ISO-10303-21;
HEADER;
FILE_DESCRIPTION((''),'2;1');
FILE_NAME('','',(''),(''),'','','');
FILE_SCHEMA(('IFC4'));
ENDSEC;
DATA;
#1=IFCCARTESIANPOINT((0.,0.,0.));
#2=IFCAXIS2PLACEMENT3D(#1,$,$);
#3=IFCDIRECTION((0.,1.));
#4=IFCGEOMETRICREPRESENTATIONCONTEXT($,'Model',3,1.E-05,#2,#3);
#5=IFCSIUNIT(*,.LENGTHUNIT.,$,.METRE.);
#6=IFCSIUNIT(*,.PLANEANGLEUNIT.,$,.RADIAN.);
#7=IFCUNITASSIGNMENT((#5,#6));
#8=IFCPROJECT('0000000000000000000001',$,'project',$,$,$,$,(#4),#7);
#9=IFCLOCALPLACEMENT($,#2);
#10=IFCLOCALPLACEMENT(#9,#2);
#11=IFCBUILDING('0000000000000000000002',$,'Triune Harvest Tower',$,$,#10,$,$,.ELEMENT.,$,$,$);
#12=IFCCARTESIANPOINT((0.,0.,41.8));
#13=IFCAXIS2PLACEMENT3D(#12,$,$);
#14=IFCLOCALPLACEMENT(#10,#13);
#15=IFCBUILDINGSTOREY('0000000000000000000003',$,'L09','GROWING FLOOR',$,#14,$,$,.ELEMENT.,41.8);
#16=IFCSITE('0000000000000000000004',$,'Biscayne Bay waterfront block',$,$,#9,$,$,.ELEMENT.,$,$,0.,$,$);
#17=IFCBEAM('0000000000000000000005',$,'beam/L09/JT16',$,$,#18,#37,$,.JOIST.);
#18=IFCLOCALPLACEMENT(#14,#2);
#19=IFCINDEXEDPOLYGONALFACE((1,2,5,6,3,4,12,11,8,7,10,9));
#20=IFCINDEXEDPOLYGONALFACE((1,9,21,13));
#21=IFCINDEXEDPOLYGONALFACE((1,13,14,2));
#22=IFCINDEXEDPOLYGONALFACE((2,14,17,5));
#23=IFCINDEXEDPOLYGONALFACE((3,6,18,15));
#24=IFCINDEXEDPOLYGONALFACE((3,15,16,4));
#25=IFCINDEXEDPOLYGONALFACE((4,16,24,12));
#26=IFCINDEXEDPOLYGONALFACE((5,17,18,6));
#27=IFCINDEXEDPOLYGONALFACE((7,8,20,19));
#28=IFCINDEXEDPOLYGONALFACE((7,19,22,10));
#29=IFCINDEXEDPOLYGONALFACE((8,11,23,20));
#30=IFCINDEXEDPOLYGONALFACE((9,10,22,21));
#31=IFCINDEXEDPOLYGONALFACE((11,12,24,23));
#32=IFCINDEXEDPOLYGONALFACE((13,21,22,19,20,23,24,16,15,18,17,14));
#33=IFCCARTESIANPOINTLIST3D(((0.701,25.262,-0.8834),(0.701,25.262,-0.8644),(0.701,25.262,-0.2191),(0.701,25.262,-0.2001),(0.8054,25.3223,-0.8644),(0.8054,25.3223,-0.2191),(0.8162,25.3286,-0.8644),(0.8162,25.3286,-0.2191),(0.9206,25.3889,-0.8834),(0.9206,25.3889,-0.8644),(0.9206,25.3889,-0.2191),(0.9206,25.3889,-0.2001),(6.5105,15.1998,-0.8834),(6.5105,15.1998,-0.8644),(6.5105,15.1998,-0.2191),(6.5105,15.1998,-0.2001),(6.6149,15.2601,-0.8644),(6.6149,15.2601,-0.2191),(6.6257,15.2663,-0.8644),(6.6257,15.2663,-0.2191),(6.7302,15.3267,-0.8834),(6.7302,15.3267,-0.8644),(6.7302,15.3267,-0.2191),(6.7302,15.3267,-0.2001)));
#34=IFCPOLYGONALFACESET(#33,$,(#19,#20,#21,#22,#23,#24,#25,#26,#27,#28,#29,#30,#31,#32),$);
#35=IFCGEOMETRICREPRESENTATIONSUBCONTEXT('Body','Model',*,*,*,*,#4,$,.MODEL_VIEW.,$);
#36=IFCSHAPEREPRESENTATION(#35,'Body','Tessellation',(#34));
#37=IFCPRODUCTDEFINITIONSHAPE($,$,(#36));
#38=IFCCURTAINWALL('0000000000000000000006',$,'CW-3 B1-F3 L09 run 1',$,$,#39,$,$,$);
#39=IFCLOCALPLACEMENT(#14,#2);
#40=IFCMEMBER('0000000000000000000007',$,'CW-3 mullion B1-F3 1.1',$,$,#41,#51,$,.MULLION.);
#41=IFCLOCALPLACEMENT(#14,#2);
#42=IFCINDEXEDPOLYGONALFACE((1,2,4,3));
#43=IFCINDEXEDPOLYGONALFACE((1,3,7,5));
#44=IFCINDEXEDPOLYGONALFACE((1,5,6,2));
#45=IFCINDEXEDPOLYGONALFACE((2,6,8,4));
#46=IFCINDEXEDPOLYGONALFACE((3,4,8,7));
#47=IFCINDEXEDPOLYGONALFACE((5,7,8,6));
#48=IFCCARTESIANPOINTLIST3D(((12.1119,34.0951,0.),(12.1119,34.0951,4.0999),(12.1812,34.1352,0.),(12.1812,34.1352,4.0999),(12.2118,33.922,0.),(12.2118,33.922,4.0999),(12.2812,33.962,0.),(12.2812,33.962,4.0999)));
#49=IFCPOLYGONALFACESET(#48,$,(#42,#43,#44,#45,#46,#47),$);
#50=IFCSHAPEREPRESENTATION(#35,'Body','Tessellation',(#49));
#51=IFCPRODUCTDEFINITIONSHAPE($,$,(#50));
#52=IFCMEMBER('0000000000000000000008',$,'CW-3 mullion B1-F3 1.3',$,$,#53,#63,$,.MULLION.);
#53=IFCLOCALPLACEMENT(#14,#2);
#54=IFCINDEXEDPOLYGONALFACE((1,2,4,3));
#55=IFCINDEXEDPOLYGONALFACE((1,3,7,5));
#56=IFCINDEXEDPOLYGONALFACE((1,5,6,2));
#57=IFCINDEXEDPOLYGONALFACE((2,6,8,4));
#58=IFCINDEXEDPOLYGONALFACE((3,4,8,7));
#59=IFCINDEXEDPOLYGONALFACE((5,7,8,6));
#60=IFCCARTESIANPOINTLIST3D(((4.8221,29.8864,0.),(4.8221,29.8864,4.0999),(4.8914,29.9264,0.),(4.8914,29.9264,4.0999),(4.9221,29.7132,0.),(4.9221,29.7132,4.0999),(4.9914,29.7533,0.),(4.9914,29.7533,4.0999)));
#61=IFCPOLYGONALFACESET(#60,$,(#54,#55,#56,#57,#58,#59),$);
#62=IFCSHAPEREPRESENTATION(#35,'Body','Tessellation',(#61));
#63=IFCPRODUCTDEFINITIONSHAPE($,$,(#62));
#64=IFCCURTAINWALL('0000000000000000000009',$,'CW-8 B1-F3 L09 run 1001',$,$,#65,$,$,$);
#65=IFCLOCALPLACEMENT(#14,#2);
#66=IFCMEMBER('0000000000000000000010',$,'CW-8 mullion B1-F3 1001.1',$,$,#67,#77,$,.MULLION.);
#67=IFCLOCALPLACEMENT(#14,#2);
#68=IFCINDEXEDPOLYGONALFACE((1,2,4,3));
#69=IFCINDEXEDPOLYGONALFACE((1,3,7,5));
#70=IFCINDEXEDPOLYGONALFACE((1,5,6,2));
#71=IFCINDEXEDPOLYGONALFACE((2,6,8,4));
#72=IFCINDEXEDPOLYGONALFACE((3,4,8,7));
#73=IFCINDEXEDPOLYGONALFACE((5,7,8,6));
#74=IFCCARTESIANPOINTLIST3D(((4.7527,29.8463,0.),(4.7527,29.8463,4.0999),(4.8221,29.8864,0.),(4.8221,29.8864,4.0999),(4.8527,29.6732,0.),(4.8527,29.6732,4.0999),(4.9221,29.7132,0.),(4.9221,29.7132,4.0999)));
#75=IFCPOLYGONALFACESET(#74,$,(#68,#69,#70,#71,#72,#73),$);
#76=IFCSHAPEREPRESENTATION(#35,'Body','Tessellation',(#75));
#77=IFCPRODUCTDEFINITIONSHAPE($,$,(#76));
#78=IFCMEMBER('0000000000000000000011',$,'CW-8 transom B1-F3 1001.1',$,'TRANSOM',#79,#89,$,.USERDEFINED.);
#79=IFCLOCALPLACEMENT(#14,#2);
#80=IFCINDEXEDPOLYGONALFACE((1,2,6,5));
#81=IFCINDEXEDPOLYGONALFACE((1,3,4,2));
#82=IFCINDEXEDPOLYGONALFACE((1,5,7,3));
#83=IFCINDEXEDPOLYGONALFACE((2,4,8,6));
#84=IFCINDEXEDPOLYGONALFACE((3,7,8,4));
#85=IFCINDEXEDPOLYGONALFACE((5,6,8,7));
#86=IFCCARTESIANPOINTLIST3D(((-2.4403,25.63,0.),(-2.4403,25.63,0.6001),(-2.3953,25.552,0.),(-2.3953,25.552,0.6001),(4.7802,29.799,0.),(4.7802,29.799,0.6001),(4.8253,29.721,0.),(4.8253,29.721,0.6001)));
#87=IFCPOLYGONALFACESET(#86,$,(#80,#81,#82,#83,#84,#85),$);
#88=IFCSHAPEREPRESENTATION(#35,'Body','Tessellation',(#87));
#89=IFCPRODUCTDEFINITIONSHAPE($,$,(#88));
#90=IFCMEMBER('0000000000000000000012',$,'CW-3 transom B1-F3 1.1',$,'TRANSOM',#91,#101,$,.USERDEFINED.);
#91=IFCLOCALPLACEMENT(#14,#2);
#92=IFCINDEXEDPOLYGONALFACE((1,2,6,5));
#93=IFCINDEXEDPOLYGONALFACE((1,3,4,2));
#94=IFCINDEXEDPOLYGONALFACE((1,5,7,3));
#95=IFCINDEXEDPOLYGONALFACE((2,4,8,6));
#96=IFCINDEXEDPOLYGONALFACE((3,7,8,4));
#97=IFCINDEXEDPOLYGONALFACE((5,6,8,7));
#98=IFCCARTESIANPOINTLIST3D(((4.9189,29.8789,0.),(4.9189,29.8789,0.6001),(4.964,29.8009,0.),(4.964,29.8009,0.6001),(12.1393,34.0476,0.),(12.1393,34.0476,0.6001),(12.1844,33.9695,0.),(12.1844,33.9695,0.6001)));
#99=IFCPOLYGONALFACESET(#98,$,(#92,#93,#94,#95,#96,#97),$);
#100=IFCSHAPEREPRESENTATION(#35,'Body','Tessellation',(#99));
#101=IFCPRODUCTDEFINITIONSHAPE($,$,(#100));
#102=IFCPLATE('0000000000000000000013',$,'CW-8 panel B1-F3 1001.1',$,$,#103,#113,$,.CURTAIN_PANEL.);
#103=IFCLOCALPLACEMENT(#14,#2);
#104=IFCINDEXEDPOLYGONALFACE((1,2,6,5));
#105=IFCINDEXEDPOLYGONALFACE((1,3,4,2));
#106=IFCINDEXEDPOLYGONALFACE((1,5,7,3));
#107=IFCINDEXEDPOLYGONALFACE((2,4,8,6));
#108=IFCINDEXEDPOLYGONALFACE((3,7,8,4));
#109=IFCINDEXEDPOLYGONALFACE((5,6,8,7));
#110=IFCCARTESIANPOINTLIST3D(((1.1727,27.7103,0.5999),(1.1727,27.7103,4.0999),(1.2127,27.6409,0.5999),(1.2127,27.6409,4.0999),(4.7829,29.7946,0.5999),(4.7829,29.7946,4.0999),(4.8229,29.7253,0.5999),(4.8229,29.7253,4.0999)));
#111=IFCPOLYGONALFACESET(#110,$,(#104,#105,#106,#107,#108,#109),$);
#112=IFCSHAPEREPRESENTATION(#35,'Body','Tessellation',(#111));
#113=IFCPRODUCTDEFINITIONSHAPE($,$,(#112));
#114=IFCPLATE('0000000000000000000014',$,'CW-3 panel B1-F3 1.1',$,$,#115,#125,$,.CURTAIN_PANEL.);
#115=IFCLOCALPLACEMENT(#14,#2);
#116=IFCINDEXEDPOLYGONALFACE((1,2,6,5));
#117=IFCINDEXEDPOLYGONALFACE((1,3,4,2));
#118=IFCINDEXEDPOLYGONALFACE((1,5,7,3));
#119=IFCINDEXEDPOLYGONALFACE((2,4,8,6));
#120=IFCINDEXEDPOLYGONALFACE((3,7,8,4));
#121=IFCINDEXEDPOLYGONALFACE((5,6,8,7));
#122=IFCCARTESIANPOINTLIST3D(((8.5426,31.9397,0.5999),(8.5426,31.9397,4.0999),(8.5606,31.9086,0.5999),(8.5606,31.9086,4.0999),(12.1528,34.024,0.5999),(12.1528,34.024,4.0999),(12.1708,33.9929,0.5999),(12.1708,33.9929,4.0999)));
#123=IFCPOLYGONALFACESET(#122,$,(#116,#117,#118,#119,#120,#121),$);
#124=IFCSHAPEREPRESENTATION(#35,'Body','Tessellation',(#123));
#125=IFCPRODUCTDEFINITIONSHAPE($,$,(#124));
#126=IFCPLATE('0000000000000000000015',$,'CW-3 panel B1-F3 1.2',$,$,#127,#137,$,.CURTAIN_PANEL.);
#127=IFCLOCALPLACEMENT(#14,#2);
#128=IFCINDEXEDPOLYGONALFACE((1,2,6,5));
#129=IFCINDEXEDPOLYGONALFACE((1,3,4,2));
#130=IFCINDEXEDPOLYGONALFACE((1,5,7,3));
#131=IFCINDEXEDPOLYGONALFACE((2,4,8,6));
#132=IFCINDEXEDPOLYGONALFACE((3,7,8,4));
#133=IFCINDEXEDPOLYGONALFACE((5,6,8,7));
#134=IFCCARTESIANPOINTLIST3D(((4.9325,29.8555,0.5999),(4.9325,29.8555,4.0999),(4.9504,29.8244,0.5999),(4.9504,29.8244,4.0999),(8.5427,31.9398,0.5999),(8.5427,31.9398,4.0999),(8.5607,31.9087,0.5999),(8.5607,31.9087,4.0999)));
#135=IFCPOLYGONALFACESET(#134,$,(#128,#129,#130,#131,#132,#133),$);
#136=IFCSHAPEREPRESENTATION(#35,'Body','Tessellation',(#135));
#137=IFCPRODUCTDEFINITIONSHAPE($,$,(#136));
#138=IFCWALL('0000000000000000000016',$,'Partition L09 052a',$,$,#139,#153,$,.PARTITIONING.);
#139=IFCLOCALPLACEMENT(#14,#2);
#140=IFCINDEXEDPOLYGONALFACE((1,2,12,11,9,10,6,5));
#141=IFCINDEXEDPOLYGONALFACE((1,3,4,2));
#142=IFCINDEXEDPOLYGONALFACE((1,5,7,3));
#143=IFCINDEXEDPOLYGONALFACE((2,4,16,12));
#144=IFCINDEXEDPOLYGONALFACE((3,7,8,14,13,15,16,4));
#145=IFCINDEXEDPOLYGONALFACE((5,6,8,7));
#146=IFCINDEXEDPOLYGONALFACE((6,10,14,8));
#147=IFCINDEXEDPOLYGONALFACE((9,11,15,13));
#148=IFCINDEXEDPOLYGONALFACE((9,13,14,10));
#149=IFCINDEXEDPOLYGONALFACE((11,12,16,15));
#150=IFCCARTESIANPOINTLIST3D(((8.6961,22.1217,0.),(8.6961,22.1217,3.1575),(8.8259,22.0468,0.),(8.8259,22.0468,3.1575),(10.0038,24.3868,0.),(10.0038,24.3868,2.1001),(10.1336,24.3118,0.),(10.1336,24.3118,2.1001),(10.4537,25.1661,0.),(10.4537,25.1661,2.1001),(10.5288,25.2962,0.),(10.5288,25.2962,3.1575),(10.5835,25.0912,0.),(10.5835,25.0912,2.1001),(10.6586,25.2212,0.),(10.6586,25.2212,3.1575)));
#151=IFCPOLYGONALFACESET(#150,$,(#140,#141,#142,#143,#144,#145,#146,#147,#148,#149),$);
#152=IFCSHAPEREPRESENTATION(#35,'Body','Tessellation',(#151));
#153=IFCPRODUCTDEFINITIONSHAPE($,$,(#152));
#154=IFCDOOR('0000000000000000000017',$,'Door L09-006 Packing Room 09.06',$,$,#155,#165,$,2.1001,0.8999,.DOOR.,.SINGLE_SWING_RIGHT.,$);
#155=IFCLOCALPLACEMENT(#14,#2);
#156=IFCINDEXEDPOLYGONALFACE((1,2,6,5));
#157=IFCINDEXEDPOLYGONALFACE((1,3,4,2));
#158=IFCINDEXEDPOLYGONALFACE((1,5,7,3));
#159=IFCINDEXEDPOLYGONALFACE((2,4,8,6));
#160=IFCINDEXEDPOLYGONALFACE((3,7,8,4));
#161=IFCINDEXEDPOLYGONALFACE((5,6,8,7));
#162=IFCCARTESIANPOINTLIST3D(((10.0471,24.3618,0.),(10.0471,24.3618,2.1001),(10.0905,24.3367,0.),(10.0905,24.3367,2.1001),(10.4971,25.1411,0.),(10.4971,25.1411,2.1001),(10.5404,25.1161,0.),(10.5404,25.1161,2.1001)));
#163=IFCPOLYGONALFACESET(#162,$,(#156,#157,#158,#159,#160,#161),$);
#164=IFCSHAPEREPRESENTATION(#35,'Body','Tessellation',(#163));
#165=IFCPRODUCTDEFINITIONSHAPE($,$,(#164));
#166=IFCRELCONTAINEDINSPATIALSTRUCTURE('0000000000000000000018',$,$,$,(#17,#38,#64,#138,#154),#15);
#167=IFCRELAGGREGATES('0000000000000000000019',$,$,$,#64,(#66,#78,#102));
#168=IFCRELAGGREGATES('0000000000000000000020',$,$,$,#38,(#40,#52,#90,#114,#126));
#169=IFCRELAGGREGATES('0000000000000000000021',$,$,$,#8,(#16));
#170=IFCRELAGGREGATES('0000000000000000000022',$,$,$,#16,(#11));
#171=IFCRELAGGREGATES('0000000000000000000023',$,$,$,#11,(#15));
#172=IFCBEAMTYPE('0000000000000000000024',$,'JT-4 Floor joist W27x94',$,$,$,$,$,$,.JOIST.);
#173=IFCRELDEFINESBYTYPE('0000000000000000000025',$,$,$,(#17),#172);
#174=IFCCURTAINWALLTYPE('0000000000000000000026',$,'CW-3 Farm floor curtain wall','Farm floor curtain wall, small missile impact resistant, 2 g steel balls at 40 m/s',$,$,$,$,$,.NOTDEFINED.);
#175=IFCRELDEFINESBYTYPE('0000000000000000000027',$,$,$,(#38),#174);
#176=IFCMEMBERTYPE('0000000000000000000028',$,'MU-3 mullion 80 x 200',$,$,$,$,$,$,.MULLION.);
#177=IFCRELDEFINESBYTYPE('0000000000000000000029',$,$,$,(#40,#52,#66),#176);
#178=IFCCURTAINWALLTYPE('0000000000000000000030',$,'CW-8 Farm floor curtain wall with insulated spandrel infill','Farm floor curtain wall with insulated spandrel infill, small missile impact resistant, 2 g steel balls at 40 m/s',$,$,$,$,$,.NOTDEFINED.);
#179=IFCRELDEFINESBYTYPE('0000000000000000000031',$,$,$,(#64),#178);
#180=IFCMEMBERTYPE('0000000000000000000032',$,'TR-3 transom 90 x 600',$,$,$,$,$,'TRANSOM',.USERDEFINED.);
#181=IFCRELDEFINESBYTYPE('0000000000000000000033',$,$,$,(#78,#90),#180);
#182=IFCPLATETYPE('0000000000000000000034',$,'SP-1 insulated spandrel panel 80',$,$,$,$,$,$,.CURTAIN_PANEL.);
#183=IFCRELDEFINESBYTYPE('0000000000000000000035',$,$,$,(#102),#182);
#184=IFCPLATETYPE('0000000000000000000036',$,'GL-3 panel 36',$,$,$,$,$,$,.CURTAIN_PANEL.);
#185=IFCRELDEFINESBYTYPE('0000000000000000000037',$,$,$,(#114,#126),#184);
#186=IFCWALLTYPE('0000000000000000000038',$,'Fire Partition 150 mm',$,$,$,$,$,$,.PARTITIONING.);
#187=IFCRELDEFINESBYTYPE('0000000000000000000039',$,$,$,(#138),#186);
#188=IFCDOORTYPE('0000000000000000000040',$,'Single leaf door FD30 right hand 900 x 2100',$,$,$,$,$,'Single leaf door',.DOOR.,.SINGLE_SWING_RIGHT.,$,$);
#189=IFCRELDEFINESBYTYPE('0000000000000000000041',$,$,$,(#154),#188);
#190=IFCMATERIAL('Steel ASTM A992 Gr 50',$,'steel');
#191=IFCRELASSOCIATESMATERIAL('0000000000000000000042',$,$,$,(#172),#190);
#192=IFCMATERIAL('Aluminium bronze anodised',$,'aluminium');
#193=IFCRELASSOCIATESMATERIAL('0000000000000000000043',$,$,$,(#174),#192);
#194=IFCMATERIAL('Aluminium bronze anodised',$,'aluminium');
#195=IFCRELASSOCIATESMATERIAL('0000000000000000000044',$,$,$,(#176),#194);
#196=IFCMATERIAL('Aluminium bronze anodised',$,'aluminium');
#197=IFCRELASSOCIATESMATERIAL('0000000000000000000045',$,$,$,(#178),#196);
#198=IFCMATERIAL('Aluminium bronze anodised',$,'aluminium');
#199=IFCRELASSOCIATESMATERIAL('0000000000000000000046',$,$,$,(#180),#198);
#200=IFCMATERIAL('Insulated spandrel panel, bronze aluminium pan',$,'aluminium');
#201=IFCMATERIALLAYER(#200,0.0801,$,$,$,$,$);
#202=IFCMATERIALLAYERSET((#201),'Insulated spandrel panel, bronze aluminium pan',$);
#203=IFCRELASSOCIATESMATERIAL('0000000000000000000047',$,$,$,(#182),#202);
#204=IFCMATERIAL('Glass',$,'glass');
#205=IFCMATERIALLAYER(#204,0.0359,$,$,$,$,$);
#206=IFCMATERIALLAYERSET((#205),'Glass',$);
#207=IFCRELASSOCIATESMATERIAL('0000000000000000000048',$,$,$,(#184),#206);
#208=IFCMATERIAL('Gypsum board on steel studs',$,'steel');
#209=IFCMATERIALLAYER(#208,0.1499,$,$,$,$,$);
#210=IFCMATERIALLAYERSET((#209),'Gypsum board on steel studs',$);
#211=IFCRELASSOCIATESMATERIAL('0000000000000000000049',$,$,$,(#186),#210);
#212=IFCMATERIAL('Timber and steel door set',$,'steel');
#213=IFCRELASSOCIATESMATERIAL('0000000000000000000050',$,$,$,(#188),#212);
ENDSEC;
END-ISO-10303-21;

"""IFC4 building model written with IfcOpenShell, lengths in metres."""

from ifc_helpers import new_model, si_unit, direction, frame, frame_2d, origin, origin_2d, place, context, subcontext, project, spatial, rectangle, i_section, extrude, source, transform, mapped, material, layer, layer_set, material_profile, profile_set, type_object, element, fill, aggregate, save


model = new_model("IFC4")

# Units and contexts
model_context = context("Model", 3, precision=1e-05, world=origin(), true_north=direction((0.0, 1.0)))
body_context = subcontext(model_context, "Body", "Model", "MODEL_VIEW")
ifc_project = project(units=[si_unit("LENGTHUNIT", "METRE"), si_unit("PLANEANGLEUNIT", "RADIAN")], contexts=[model_context])

# Site, building, storey
site_placement = place(None, origin())
site = spatial("IfcSite", under=ifc_project, at=site_placement, Name="Biscayne Bay waterfront block", CompositionType="ELEMENT", RefElevation=0.0)
building_placement = place(site_placement, origin())
building = spatial("IfcBuilding", under=site, at=building_placement, Name="Triune Harvest Tower", CompositionType="ELEMENT")
storey_placement = place(building_placement, frame((0.0, 0.0, 41.8)))
storey = spatial("IfcBuildingStorey", under=building, at=storey_placement, Name="L09", Description="GROWING FLOOR", CompositionType="ELEMENT", Elevation=41.8)

# Beam
ifc_material_1 = material(Name="Steel ASTM A992 Gr 50", Category="steel")
ifc_material_profile_1 = material_profile(ifc_material_1, i_section(OverallWidth=0.2537, OverallDepth=0.6833, WebThickness=0.0125, FlangeThickness=0.019, at=origin_2d()), Name="W27x94")
ifc_profile_set_1 = profile_set([ifc_material_profile_1], Name="Steel ASTM A992 Gr 50")
beam_type_1 = type_object("IfcBeamType", Name="JT-4 Floor joist W27x94", PredefinedType="JOIST", material=ifc_profile_set_1)
shared_shape_1 = source(origin(), body_context, "Body", "SweptSolid", [
    extrude(i_section(OverallWidth=0.2537, OverallDepth=0.6833, WebThickness=0.0125, FlangeThickness=0.019, at=origin_2d()), origin(), (0.0, 0.0, 1.0), 11.6189),
])
beam_1_placement = place(storey_placement, frame((0.8108, 25.3254, -0.5417), z_axis=(0.500008, -0.866021, 0.0), x_axis=(0.866021, 0.500008, 0.0)))
element("IfcBeam", 1, at=beam_1_placement, inside=storey, type_object=beam_type_1, Name="beam/L09/JT16", PredefinedType="JOIST", context=body_context, shape_type="MappedRepresentation", body=[
    mapped(shared_shape_1, transform((0.0, 0.0, 0.0), scale=1.0)),
])

# Curtain walls, members
ifc_material_2 = material(Name="Aluminium bronze anodised", Category="aluminium")
curtain_wall_type_1 = type_object("IfcCurtainWallType", Name="CW-3 Farm floor curtain wall", Description="Farm floor curtain wall, small missile impact resistant, 2 g steel balls at 40 m/s", PredefinedType="NOTDEFINED", material=ifc_material_2)
curtain_wall_1_placement = place(storey_placement, origin())
curtain_wall_1 = element("IfcCurtainWall", 2, at=curtain_wall_1_placement, inside=storey, type_object=curtain_wall_type_1, Name="CW-3 B1-F3 L09 run 1")
ifc_material_3 = material(Name="Aluminium bronze anodised", Category="aluminium")
ifc_material_profile_2 = material_profile(ifc_material_3, rectangle(XDim=0.2, YDim=0.0801, at=origin_2d()), Name="MU-3 mullion 80 x 200")
ifc_profile_set_2 = profile_set([ifc_material_profile_2], Name="Aluminium bronze anodised")
member_type_1 = type_object("IfcMemberType", Name="MU-3 mullion 80 x 200", PredefinedType="MULLION", material=ifc_profile_set_2)
shared_shape_2 = source(origin(), body_context, "Body", "SweptSolid", [
    extrude(rectangle(XDim=0.2, YDim=0.0801, at=origin_2d()), origin(), (0.0, 0.0, 1.0), 4.0999),
])
member_1_placement = place(storey_placement, frame((12.1965, 34.0286, 0.0), z_axis=(0.0, 0.0, 1.0), x_axis=(0.499995, -0.866028, 0.0)))
member_1 = element("IfcMember", 3, at=member_1_placement, type_object=member_type_1, Name="CW-3 mullion B1-F3 1.1", PredefinedType="MULLION", context=body_context, shape_type="MappedRepresentation", body=[
    mapped(shared_shape_2, transform((0.0, 0.0, 0.0), scale=1.0)),
])
member_2_placement = place(storey_placement, frame((4.9067, 29.8198, 0.0), z_axis=(0.0, 0.0, 1.0), x_axis=(0.499995, -0.866028, 0.0)))
member_2 = element("IfcMember", 4, at=member_2_placement, type_object=member_type_1, Name="CW-3 mullion B1-F3 1.3", PredefinedType="MULLION", context=body_context, shape_type="MappedRepresentation", body=[
    mapped(shared_shape_2, transform((0.0, 0.0, 0.0), scale=1.0)),
])
ifc_material_4 = material(Name="Aluminium bronze anodised", Category="aluminium")
curtain_wall_type_2 = type_object("IfcCurtainWallType", Name="CW-8 Farm floor curtain wall with insulated spandrel infill", Description="Farm floor curtain wall with insulated spandrel infill, small missile impact resistant, 2 g steel balls at 40 m/s", PredefinedType="NOTDEFINED", material=ifc_material_4)
curtain_wall_2_placement = place(storey_placement, origin())
curtain_wall_2 = element("IfcCurtainWall", 5, at=curtain_wall_2_placement, inside=storey, type_object=curtain_wall_type_2, Name="CW-8 B1-F3 L09 run 1001")
member_3_placement = place(storey_placement, frame((4.8374, 29.7798, 0.0), z_axis=(0.0, 0.0, 1.0), x_axis=(0.500007, -0.866021, 0.0)))
member_3 = element("IfcMember", 6, at=member_3_placement, type_object=member_type_1, Name="CW-8 mullion B1-F3 1001.1", PredefinedType="MULLION", context=body_context, shape_type="MappedRepresentation", body=[
    mapped(shared_shape_2, transform((0.0, 0.0, 0.0), scale=1.0)),
])
ifc_material_5 = material(Name="Aluminium bronze anodised", Category="aluminium")
ifc_material_profile_3 = material_profile(ifc_material_5, rectangle(XDim=0.0901, YDim=0.6001, at=origin_2d()), Name="TR-3 transom 90 x 600")
ifc_profile_set_3 = profile_set([ifc_material_profile_3], Name="Aluminium bronze anodised")
member_type_2 = type_object("IfcMemberType", Name="TR-3 transom 90 x 600", ElementType="TRANSOM", PredefinedType="USERDEFINED", material=ifc_profile_set_3)
shared_shape_3 = source(origin(), body_context, "Body", "SweptSolid", [
    extrude(rectangle(XDim=0.0901, YDim=0.6001, at=origin_2d()), origin(), (0.0, 0.0, 1.0), 8.3376),
])
member_4_placement = place(storey_placement, frame((4.8027, 29.76, 0.3), z_axis=(-0.866014, -0.500019, 0.0), x_axis=(0.500019, -0.866014, 0.0)))
member_4 = element("IfcMember", 7, at=member_4_placement, type_object=member_type_2, Name="CW-8 transom B1-F3 1001.1", ObjectType="TRANSOM", PredefinedType="USERDEFINED", context=body_context, shape_type="MappedRepresentation", body=[
    mapped(shared_shape_3, transform((0.0, 0.0, 0.0), scale=1.0)),
])

# Member
shared_shape_4 = source(origin(), body_context, "Body", "SweptSolid", [
    extrude(rectangle(XDim=0.0901, YDim=0.6001, at=origin_2d()), origin(), (0.0, 0.0, 1.0), 8.3374),
])
member_5_placement = place(storey_placement, frame((12.1619, 34.0085, 0.3), z_axis=(-0.866027, -0.499997, 0.0), x_axis=(0.499997, -0.866027, 0.0)))
member_5 = element("IfcMember", 8, at=member_5_placement, type_object=member_type_2, Name="CW-3 transom B1-F3 1.1", ObjectType="TRANSOM", PredefinedType="USERDEFINED", context=body_context, shape_type="MappedRepresentation", body=[
    mapped(shared_shape_4, transform((0.0, 0.0, 0.0), scale=1.0)),
])

# Plates
ifc_material_6 = material(Name="Insulated spandrel panel, bronze aluminium pan", Category="aluminium")
ifc_layer_1 = layer(ifc_material_6, 0.0801)
ifc_layer_set_1 = layer_set([ifc_layer_1], Name="Insulated spandrel panel, bronze aluminium pan")
plate_type_1 = type_object("IfcPlateType", Name="SP-1 insulated spandrel panel 80", PredefinedType="CURTAIN_PANEL", material=ifc_layer_set_1)
shared_shape_5 = source(origin(), body_context, "Body", "SweptSolid", [
    extrude(rectangle(XDim=4.1687, YDim=0.0801, at=origin_2d()), origin(), (0.0, 0.0, 1.0), 3.5),
])
plate_1_placement = place(storey_placement, frame((2.9978, 28.7178, 0.5999), z_axis=(0.0, 0.0, 1.0), x_axis=(-0.866021, -0.500007, 0.0)))
plate_1 = element("IfcPlate", 9, at=plate_1_placement, type_object=plate_type_1, Name="CW-8 panel B1-F3 1001.1", PredefinedType="CURTAIN_PANEL", context=body_context, shape_type="MappedRepresentation", body=[
    mapped(shared_shape_5, transform((0.0, 0.0, 0.0), scale=1.0)),
])
aggregate(curtain_wall_2, [member_3, member_4, plate_1])
ifc_material_7 = material(Name="Glass", Category="glass")
ifc_layer_2 = layer(ifc_material_7, 0.0359)
ifc_layer_set_2 = layer_set([ifc_layer_2], Name="Glass")
plate_type_2 = type_object("IfcPlateType", Name="GL-3 panel 36", PredefinedType="CURTAIN_PANEL", material=ifc_layer_set_2)
shared_shape_6 = source(origin(), body_context, "Body", "SweptSolid", [
    extrude(rectangle(XDim=4.1687, YDim=0.0359, at=origin_2d()), origin(), (0.0, 0.0, 1.0), 3.5),
])
plate_2_placement = place(storey_placement, frame((10.3567, 32.9663, 0.5999), z_axis=(0.0, 0.0, 1.0), x_axis=(-0.866028, -0.499995, 0.0)))
plate_2 = element("IfcPlate", 10, at=plate_2_placement, type_object=plate_type_2, Name="CW-3 panel B1-F3 1.1", PredefinedType="CURTAIN_PANEL", context=body_context, shape_type="MappedRepresentation", body=[
    mapped(shared_shape_6, transform((0.0, 0.0, 0.0), scale=1.0)),
])
plate_3_placement = place(storey_placement, frame((6.7466, 30.8821, 0.5999), z_axis=(0.0, 0.0, 1.0), x_axis=(-0.866028, -0.499995, 0.0)))
plate_3 = element("IfcPlate", 11, at=plate_3_placement, type_object=plate_type_2, Name="CW-3 panel B1-F3 1.2", PredefinedType="CURTAIN_PANEL", context=body_context, shape_type="MappedRepresentation", body=[
    mapped(shared_shape_6, transform((0.0, 0.0, 0.0), scale=1.0)),
])
aggregate(curtain_wall_1, [member_1, member_2, member_5, plate_2, plate_3])

# Wall, opening, door
ifc_material_8 = material(Name="Gypsum board on steel studs", Category="steel")
ifc_layer_3 = layer(ifc_material_8, 0.1499)
ifc_layer_set_3 = layer_set([ifc_layer_3], Name="Gypsum board on steel studs")
wall_type_1 = type_object("IfcWallType", Name="Fire Partition 150 mm", PredefinedType="PARTITIONING", material=ifc_layer_set_3)
wall_1_placement = place(storey_placement, frame((8.761, 22.0842, 0.0), z_axis=(0.0, 0.0, 1.0), x_axis=(0.499986, 0.866034, 0.0)))
wall_1 = element("IfcWall", 12, at=wall_1_placement, inside=storey, type_object=wall_type_1, Name="Partition L09 052a", PredefinedType="PARTITIONING", context=body_context, shape_type="SweptSolid", body=[
    extrude(rectangle(XDim=3.6655, YDim=0.1499, at=frame_2d((1.8328, 0.0))), origin(), (0.0, 0.0, 1.0), 3.1575),
])
opening_1_placement = place(wall_1_placement, frame((2.6155, 0.0, 0.0)))
opening_1 = element("IfcOpeningElement", 13, at=opening_1_placement, cuts=wall_1, PredefinedType="OPENING", context=body_context, shape_type="SweptSolid", body=[
    extrude(rectangle(XDim=0.8999, YDim=2.1001, at=frame_2d((0.45, 1.05))), frame((0.0, 0.085, 0.0), z_axis=(0.0, -1.0, 0.0), x_axis=(1.0, 0.0, 0.0)), (0.0, 0.0, 1.0), 0.1699),
])
ifc_material_9 = material(Name="Timber and steel door set", Category="steel")
door_type_1 = type_object("IfcDoorType", Name="Single leaf door FD30 right hand 900 x 2100", ElementType="Single leaf door", OperationType="SINGLE_SWING_RIGHT", PredefinedType="DOOR", material=ifc_material_9)
door_1_placement = place(opening_1_placement, origin())
door_1 = element("IfcDoor", 14, at=door_1_placement, inside=storey, type_object=door_type_1, Name="Door L09-006 Packing Room 09.06", OperationType="SINGLE_SWING_RIGHT", OverallHeight=2.1001, OverallWidth=0.8999, PredefinedType="DOOR", context=body_context, shape_type="SweptSolid", body=[
    extrude(rectangle(XDim=0.8999, YDim=2.1001, at=frame_2d((0.45, 1.05))), frame((0.0, 0.0249, 0.0), z_axis=(0.0, -1.0, 0.0), x_axis=(1.0, 0.0, 0.0)), (0.0, 0.0, 1.0), 0.05),
])
fill(opening_1, door_1)

save(model, "model.ifc")
